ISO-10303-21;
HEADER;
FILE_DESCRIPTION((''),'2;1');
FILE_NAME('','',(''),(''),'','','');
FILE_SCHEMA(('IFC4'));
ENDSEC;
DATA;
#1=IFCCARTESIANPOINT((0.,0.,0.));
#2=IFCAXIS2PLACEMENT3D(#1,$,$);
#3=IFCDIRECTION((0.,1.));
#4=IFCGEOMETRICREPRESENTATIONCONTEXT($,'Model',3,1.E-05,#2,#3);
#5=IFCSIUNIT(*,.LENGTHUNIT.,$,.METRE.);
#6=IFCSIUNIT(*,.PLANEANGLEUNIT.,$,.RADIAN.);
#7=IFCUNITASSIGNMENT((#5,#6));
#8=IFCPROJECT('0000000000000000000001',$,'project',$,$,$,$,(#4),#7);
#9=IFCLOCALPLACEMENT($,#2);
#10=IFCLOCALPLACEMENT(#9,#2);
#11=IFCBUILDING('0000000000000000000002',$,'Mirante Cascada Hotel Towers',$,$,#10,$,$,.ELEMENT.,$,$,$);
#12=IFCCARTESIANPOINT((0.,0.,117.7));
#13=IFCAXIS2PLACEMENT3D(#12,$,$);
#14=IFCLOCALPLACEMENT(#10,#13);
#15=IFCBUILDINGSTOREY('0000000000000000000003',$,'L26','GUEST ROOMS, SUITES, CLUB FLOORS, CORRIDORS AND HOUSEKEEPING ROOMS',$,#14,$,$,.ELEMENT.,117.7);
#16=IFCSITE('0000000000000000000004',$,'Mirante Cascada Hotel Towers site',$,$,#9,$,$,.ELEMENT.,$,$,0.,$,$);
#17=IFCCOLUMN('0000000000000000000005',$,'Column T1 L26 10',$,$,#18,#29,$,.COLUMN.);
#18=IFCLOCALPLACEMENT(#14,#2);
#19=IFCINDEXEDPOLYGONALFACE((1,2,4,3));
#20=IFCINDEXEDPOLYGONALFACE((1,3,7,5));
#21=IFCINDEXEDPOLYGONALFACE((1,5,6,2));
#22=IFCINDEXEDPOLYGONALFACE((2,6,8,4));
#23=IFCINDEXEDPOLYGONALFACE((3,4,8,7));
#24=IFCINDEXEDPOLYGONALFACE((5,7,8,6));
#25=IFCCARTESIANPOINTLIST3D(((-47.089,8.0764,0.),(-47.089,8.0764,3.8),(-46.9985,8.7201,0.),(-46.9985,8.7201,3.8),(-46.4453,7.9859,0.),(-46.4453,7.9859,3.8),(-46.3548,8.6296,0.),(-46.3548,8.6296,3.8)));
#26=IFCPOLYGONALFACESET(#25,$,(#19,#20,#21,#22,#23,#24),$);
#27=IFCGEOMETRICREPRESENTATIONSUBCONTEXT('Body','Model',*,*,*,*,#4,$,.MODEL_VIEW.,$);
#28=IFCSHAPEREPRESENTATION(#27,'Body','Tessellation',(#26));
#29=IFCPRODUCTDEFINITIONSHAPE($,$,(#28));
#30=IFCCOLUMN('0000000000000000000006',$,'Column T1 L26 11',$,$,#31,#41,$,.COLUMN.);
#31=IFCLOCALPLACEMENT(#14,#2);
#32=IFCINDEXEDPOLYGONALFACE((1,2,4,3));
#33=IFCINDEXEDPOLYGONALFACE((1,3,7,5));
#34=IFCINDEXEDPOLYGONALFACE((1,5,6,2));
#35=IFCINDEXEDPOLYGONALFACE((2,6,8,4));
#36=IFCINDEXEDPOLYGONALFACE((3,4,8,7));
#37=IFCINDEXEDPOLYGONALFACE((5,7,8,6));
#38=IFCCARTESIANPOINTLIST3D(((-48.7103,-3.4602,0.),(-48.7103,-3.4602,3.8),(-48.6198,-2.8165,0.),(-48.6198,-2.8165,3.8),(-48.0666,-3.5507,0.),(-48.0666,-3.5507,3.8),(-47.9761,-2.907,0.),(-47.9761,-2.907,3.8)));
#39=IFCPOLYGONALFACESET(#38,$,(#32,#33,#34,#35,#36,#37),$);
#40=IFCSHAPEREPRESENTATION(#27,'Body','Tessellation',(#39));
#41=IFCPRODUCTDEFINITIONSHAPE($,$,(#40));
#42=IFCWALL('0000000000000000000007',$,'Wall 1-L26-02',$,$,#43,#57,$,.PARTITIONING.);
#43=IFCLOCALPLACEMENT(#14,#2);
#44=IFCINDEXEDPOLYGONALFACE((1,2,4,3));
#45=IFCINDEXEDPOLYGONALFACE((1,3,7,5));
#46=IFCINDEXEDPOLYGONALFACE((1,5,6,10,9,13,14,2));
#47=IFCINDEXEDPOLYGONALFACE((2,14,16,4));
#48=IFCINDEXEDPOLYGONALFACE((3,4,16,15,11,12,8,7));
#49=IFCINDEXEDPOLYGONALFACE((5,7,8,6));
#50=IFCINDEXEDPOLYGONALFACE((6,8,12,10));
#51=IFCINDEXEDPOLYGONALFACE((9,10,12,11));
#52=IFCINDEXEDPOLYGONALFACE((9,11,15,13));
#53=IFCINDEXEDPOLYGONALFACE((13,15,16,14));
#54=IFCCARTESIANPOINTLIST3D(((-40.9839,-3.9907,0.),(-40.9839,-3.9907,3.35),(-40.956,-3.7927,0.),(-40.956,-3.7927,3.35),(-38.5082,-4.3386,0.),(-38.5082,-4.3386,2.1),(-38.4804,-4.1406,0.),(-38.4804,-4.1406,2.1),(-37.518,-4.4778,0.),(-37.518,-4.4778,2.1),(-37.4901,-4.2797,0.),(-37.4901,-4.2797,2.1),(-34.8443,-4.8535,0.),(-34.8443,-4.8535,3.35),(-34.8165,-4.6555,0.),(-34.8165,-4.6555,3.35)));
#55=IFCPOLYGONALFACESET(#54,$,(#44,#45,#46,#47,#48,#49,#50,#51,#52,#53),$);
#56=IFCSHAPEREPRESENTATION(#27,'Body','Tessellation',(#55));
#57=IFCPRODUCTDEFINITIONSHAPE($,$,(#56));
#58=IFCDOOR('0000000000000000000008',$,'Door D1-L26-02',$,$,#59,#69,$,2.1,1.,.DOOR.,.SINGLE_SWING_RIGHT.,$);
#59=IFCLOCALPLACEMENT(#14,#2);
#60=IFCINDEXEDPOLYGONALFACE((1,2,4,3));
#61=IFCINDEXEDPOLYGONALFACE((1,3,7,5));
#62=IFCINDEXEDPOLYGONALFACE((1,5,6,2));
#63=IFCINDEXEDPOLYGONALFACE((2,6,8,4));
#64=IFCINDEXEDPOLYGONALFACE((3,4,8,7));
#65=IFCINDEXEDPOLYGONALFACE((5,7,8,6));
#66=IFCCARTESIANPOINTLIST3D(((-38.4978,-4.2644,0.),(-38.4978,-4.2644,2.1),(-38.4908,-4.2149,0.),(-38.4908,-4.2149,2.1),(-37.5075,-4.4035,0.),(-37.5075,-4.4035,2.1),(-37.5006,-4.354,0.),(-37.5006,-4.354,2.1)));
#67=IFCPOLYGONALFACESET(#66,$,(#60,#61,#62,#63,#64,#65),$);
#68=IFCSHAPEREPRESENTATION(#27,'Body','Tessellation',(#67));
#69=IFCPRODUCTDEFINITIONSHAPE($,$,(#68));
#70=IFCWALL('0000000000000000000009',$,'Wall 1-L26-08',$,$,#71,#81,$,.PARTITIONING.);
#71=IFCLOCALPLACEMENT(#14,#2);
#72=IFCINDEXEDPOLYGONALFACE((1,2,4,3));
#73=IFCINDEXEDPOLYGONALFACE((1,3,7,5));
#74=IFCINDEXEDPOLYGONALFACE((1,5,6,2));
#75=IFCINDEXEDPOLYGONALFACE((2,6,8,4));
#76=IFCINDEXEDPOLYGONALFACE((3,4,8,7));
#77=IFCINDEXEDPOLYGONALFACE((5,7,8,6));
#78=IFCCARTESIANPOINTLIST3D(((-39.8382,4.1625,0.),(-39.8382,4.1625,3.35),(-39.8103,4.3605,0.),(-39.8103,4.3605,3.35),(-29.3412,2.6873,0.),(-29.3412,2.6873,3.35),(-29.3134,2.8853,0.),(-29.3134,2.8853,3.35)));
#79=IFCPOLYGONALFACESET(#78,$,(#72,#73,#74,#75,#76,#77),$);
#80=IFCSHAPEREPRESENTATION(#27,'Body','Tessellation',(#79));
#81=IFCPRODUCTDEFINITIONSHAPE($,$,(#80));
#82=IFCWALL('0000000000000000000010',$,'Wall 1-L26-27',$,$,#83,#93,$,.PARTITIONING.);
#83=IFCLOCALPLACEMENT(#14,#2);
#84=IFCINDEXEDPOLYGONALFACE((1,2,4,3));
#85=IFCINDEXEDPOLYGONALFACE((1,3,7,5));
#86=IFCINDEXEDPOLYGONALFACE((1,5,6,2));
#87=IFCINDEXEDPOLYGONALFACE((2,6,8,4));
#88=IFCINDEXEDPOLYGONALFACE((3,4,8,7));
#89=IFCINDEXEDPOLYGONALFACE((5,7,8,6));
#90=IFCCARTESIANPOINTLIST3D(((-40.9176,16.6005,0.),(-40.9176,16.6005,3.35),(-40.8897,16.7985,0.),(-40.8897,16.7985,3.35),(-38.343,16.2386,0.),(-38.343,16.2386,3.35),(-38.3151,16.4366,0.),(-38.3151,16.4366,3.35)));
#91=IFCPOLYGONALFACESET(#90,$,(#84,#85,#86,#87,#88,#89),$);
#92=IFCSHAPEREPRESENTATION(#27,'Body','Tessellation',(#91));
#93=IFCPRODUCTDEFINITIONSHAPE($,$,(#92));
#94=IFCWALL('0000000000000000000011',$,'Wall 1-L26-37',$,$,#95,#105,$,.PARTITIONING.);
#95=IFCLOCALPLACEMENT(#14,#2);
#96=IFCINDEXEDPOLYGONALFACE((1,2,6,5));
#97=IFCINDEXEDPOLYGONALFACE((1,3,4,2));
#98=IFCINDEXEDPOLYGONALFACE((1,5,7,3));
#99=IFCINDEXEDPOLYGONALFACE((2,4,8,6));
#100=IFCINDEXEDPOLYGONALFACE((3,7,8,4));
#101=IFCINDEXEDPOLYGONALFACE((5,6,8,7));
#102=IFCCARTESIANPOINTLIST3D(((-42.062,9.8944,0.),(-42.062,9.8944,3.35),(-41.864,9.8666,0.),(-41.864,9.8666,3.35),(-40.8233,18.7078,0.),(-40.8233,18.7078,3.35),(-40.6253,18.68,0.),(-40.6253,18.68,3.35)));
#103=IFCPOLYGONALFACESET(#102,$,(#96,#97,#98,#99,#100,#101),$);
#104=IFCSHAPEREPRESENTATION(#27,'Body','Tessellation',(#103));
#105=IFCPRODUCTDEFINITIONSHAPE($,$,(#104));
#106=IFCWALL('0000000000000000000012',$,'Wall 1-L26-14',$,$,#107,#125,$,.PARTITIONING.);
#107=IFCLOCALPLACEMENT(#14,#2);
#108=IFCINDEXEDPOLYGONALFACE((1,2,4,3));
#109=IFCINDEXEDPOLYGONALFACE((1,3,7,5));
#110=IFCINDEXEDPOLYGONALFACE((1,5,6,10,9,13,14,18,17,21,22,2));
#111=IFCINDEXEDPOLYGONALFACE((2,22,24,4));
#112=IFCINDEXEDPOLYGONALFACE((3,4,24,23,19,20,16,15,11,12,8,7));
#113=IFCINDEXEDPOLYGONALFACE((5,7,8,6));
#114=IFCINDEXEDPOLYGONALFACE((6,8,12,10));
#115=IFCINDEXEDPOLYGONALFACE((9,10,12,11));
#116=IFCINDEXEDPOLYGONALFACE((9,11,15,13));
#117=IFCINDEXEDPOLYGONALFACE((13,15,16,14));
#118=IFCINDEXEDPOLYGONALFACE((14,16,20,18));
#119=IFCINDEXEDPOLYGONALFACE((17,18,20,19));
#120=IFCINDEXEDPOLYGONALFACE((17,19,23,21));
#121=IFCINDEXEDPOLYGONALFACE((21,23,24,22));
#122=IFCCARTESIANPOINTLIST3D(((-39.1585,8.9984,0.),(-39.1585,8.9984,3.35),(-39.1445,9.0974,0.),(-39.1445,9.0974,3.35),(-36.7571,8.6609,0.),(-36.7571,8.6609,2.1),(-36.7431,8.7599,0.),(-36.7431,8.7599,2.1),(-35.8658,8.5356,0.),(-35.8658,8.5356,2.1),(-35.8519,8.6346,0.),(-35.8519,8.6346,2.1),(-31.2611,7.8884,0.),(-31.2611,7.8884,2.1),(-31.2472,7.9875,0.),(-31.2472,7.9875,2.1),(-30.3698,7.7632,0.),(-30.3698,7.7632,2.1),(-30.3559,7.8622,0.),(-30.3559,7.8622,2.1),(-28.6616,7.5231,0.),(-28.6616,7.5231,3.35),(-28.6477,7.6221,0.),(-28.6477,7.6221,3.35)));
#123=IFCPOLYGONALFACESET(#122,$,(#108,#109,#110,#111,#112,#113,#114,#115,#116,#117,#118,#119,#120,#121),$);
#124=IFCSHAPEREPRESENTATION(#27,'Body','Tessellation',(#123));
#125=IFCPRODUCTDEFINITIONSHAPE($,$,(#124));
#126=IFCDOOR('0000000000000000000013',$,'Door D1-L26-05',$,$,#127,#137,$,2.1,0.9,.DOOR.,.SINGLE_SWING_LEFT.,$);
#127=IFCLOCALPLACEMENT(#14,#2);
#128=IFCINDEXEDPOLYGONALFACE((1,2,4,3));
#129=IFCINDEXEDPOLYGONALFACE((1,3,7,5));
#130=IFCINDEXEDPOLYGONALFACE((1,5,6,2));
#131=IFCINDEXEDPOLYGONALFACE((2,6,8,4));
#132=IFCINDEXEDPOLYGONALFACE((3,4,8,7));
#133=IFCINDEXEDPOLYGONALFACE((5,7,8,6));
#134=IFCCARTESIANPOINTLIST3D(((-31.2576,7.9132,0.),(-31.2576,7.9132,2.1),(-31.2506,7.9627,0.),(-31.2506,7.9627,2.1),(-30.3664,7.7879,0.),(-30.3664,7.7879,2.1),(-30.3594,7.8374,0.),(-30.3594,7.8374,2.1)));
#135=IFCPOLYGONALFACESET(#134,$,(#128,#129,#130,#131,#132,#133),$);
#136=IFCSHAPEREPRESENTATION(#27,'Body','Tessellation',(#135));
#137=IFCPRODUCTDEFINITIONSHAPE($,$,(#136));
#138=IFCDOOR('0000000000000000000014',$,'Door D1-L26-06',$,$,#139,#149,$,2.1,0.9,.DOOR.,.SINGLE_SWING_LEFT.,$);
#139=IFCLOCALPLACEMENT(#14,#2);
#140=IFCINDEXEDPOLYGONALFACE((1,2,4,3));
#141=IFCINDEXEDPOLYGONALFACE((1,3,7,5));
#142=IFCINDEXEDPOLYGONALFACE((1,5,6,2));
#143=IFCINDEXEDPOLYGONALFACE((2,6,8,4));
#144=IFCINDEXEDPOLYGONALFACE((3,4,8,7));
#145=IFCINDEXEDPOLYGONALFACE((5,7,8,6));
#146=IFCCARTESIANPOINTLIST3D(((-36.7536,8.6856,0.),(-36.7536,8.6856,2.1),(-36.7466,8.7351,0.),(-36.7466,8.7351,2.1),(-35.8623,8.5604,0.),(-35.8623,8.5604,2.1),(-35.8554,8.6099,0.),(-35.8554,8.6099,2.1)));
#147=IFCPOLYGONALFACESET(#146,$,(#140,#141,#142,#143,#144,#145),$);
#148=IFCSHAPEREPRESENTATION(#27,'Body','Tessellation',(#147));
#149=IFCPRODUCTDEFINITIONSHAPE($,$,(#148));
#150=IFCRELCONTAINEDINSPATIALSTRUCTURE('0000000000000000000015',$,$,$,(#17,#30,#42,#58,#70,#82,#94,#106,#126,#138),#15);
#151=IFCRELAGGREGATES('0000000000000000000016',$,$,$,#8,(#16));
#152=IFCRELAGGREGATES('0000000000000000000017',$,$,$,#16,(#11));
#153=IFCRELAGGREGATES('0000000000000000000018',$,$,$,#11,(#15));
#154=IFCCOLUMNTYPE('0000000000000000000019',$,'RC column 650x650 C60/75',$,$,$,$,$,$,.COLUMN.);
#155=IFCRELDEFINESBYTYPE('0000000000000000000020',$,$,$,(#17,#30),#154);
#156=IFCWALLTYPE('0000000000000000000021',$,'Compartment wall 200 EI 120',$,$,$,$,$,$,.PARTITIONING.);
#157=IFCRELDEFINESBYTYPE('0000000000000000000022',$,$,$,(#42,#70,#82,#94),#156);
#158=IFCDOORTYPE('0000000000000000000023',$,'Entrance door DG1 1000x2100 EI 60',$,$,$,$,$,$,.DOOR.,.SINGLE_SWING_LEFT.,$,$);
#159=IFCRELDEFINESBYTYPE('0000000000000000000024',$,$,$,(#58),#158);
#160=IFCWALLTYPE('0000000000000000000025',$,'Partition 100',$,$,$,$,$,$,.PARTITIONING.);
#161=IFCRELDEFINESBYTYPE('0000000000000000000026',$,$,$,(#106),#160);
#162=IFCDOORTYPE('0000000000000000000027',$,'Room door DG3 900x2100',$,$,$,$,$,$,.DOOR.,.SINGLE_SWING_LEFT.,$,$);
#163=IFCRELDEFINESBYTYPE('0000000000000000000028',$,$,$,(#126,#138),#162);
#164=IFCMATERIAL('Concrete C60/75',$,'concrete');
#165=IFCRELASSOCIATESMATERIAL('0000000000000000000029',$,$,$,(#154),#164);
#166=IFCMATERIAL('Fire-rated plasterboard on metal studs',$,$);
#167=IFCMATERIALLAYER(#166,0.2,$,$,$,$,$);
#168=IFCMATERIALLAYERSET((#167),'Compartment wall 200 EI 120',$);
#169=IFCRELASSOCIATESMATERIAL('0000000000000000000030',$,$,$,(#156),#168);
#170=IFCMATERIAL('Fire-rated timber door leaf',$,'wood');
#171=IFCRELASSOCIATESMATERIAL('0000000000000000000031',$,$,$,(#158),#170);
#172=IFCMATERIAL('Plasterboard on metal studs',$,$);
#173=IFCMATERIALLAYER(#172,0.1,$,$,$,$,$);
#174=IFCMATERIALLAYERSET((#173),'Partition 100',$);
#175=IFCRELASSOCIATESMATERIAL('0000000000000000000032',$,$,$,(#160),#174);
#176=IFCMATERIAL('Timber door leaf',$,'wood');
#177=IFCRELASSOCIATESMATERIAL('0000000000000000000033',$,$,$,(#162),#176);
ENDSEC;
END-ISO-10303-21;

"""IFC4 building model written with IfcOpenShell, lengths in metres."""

from ifc_helpers import new_model, si_unit, direction, frame, frame_2d, origin, origin_2d, place, context, subcontext, project, spatial, rectangle, extrude, material, layer, layer_set, material_profile, profile_set, type_object, element, fill, save


model = new_model("IFC4")

# Units and contexts
model_context = context("Model", 3, precision=1e-05, world=origin(), true_north=direction((0.0, 1.0)))
body_context = subcontext(model_context, "Body", "Model", "MODEL_VIEW")
ifc_project = project(units=[si_unit("LENGTHUNIT", "METRE"), si_unit("PLANEANGLEUNIT", "RADIAN")], contexts=[model_context])

# Site, building, storey
site_placement = place(None, origin())
site = spatial("IfcSite", under=ifc_project, at=site_placement, Name="Mirante Cascada Hotel Towers site", CompositionType="ELEMENT", RefElevation=0.0)
building_placement = place(site_placement, origin())
building = spatial("IfcBuilding", under=site, at=building_placement, Name="Mirante Cascada Hotel Towers", CompositionType="ELEMENT")
storey_placement = place(building_placement, frame((0.0, 0.0, 117.7)))
storey = spatial("IfcBuildingStorey", under=building, at=storey_placement, Name="L26", Description="GUEST ROOMS, SUITES, CLUB FLOORS, CORRIDORS AND HOUSEKEEPING ROOMS", CompositionType="ELEMENT", Elevation=117.7)

# Columns
ifc_material_1 = material(Name="Concrete C60/75", Category="concrete")
ifc_material_profile = material_profile(ifc_material_1, rectangle(XDim=0.65, YDim=0.65, at=origin_2d()), Name="RC column 650x650 C60/75")
ifc_profile_set = profile_set([ifc_material_profile], Name="Concrete C60/75")
column_type = type_object("IfcColumnType", Name="RC column 650x650 C60/75", PredefinedType="COLUMN", material=ifc_profile_set)
for number, where, z_axis, x_axis, name in (
    (1, (-46.7219, 8.353, 0.0), (0.0, 0.0, 1.0), (-0.990268, 0.139173, 0.0), "Column T1 L26 10"),
    (2, (-48.3432, -3.1836, 0.0), (0.0, 0.0, 1.0), (-0.990268, 0.139173, 0.0), "Column T1 L26 11"),
):
    element("IfcColumn", number, at=place(storey_placement, frame(where, z_axis=z_axis, x_axis=x_axis)), inside=storey, type_object=column_type, Name=name, PredefinedType="COLUMN", context=body_context, shape_type="SweptSolid", body=[
        extrude(rectangle(XDim=0.65, YDim=0.65, at=origin_2d()), origin(), (0.0, 0.0, 1.0), 3.8),
    ])

# Wall, opening, door
ifc_material_2 = material(Name="Fire-rated plasterboard on metal studs")
ifc_layer_1 = layer(ifc_material_2, 0.2)
ifc_layer_set_1 = layer_set([ifc_layer_1], Name="Compartment wall 200 EI 120")
wall_type_1 = type_object("IfcWallType", Name="Compartment wall 200 EI 120", PredefinedType="PARTITIONING", material=ifc_layer_set_1)
wall_1_placement = place(storey_placement, frame((-40.97, -3.8917, 0.0), z_axis=(0.0, 0.0, 1.0), x_axis=(0.99027, -0.139163, 0.0)))
wall_1 = element("IfcWall", 3, at=wall_1_placement, inside=storey, type_object=wall_type_1, Name="Wall 1-L26-02", PredefinedType="PARTITIONING", context=body_context, shape_type="SweptSolid", body=[
    extrude(rectangle(XDim=6.1999, YDim=0.2, at=frame_2d((3.1, 0.0))), origin(), (0.0, 0.0, 1.0), 3.35),
])
opening_1_placement = place(wall_1_placement, frame((2.5, 0.0, 0.0)))
opening_1 = element("IfcOpeningElement", 4, at=opening_1_placement, cuts=wall_1, PredefinedType="OPENING", context=body_context, shape_type="SweptSolid", body=[
    extrude(rectangle(XDim=1.0, YDim=2.1, at=frame_2d((0.5, 1.05))), frame((0.0, 0.1, 0.0), z_axis=(0.0, -1.0, 0.0), x_axis=(1.0, 0.0, 0.0)), (0.0, 0.0, 1.0), 0.2),
])
ifc_material_3 = material(Name="Fire-rated timber door leaf", Category="wood")
door_type_1 = type_object("IfcDoorType", Name="Entrance door DG1 1000x2100 EI 60", OperationType="SINGLE_SWING_LEFT", PredefinedType="DOOR", material=ifc_material_3)
door_1_placement = place(opening_1_placement, frame((1.0, 0.0, 0.0), z_axis=(0.0, 0.0, 1.0), x_axis=(-1.0, 0.0, 0.0)))
door_1 = element("IfcDoor", 5, at=door_1_placement, inside=storey, type_object=door_type_1, Name="Door D1-L26-02", OperationType="SINGLE_SWING_RIGHT", OverallHeight=2.1, OverallWidth=1.0, PredefinedType="DOOR", context=body_context, shape_type="SweptSolid", body=[
    extrude(rectangle(XDim=1.0, YDim=2.1, at=frame_2d((0.5, 1.05))), frame((0.0, 0.025, 0.0), z_axis=(0.0, -1.0, 0.0), x_axis=(1.0, 0.0, 0.0)), (0.0, 0.0, 1.0), 0.05),
])
fill(opening_1, door_1)

# Walls
wall_2_placement = place(storey_placement, frame((-39.8242, 4.2615, 0.0), z_axis=(0.0, 0.0, 1.0), x_axis=(0.990269, -0.139169, 0.0)))
element("IfcWall", 6, at=wall_2_placement, inside=storey, type_object=wall_type_1, Name="Wall 1-L26-08", PredefinedType="PARTITIONING", context=body_context, shape_type="SweptSolid", body=[
    extrude(rectangle(XDim=10.6001, YDim=0.2, at=frame_2d((5.3, 0.0))), origin(), (0.0, 0.0, 1.0), 3.35),
])
wall_3_placement = place(storey_placement, frame((-38.329, 16.3376, 0.0), z_axis=(0.0, 0.0, 1.0), x_axis=(-0.990265, 0.139197, 0.0)))
element("IfcWall", 7, at=wall_3_placement, inside=storey, type_object=wall_type_1, Name="Wall 1-L26-27", PredefinedType="PARTITIONING", context=body_context, shape_type="SweptSolid", body=[
    extrude(rectangle(XDim=2.5999, YDim=0.2, at=frame_2d((1.3, 0.0))), origin(), (0.0, 0.0, 1.0), 3.35),
])
wall_4_placement = place(storey_placement, frame((-41.963, 9.8805, 0.0), z_axis=(0.0, 0.0, 1.0), x_axis=(0.139179, 0.990267, 0.0)))
element("IfcWall", 8, at=wall_4_placement, inside=storey, type_object=wall_type_1, Name="Wall 1-L26-37", PredefinedType="PARTITIONING", context=body_context, shape_type="SweptSolid", body=[
    extrude(rectangle(XDim=8.9, YDim=0.2, at=frame_2d((4.45, 0.0))), origin(), (0.0, 0.0, 1.0), 3.35),
])

# Wall, openings, doors
ifc_material_4 = material(Name="Plasterboard on metal studs")
ifc_layer_2 = layer(ifc_material_4, 0.1)
ifc_layer_set_2 = layer_set([ifc_layer_2], Name="Partition 100")
wall_type_2 = type_object("IfcWallType", Name="Partition 100", PredefinedType="PARTITIONING", material=ifc_layer_set_2)
wall_5_placement = place(storey_placement, frame((-39.1515, 9.0479, 0.0), z_axis=(0.0, 0.0, 1.0), x_axis=(0.990267, -0.13918, 0.0)))
wall_5 = element("IfcWall", 9, at=wall_5_placement, inside=storey, type_object=wall_type_2, Name="Wall 1-L26-14", PredefinedType="PARTITIONING", context=body_context, shape_type="SweptSolid", body=[
    extrude(rectangle(XDim=10.6, YDim=0.1, at=frame_2d((5.3, 0.0))), origin(), (0.0, 0.0, 1.0), 3.35),
])
opening_2_placement = place(wall_5_placement, frame((7.975, 0.0, 0.0)))
opening_2 = element("IfcOpeningElement", 10, at=opening_2_placement, cuts=wall_5, PredefinedType="OPENING", context=body_context, shape_type="SweptSolid", body=[
    extrude(rectangle(XDim=0.9, YDim=2.1, at=frame_2d((0.45, 1.05))), frame((0.0, 0.05, 0.0), z_axis=(0.0, -1.0, 0.0), x_axis=(1.0, 0.0, 0.0)), (0.0, 0.0, 1.0), 0.1),
])
opening_3_placement = place(wall_5_placement, frame((2.425, 0.0, 0.0)))
opening_3 = element("IfcOpeningElement", 11, at=opening_3_placement, cuts=wall_5, PredefinedType="OPENING", context=body_context, shape_type="SweptSolid", body=[
    extrude(rectangle(XDim=0.9, YDim=2.1, at=frame_2d((0.45, 1.05))), frame((0.0, 0.05, 0.0), z_axis=(0.0, -1.0, 0.0), x_axis=(1.0, 0.0, 0.0)), (0.0, 0.0, 1.0), 0.1),
])
ifc_material_5 = material(Name="Timber door leaf", Category="wood")
door_type_2 = type_object("IfcDoorType", Name="Room door DG3 900x2100", OperationType="SINGLE_SWING_LEFT", PredefinedType="DOOR", material=ifc_material_5)
door_2_placement = place(opening_2_placement, origin())
door_2 = element("IfcDoor", 12, at=door_2_placement, inside=storey, type_object=door_type_2, Name="Door D1-L26-05", OperationType="SINGLE_SWING_LEFT", OverallHeight=2.1, OverallWidth=0.9, PredefinedType="DOOR", context=body_context, shape_type="SweptSolid", body=[
    extrude(rectangle(XDim=0.9, YDim=2.1, at=frame_2d((0.45, 1.05))), frame((0.0, 0.025, 0.0), z_axis=(0.0, -1.0, 0.0), x_axis=(1.0, 0.0, 0.0)), (0.0, 0.0, 1.0), 0.05),
])
fill(opening_2, door_2)
door_3_placement = place(opening_3_placement, origin())
door_3 = element("IfcDoor", 13, at=door_3_placement, inside=storey, type_object=door_type_2, Name="Door D1-L26-06", OperationType="SINGLE_SWING_LEFT", OverallHeight=2.1, OverallWidth=0.9, PredefinedType="DOOR", context=body_context, shape_type="SweptSolid", body=[
    extrude(rectangle(XDim=0.9, YDim=2.1, at=frame_2d((0.45, 1.05))), frame((0.0, 0.025, 0.0), z_axis=(0.0, -1.0, 0.0), x_axis=(1.0, 0.0, 0.0)), (0.0, 0.0, 1.0), 0.05),
])
fill(opening_3, door_3)

save(model, "model.ifc")
